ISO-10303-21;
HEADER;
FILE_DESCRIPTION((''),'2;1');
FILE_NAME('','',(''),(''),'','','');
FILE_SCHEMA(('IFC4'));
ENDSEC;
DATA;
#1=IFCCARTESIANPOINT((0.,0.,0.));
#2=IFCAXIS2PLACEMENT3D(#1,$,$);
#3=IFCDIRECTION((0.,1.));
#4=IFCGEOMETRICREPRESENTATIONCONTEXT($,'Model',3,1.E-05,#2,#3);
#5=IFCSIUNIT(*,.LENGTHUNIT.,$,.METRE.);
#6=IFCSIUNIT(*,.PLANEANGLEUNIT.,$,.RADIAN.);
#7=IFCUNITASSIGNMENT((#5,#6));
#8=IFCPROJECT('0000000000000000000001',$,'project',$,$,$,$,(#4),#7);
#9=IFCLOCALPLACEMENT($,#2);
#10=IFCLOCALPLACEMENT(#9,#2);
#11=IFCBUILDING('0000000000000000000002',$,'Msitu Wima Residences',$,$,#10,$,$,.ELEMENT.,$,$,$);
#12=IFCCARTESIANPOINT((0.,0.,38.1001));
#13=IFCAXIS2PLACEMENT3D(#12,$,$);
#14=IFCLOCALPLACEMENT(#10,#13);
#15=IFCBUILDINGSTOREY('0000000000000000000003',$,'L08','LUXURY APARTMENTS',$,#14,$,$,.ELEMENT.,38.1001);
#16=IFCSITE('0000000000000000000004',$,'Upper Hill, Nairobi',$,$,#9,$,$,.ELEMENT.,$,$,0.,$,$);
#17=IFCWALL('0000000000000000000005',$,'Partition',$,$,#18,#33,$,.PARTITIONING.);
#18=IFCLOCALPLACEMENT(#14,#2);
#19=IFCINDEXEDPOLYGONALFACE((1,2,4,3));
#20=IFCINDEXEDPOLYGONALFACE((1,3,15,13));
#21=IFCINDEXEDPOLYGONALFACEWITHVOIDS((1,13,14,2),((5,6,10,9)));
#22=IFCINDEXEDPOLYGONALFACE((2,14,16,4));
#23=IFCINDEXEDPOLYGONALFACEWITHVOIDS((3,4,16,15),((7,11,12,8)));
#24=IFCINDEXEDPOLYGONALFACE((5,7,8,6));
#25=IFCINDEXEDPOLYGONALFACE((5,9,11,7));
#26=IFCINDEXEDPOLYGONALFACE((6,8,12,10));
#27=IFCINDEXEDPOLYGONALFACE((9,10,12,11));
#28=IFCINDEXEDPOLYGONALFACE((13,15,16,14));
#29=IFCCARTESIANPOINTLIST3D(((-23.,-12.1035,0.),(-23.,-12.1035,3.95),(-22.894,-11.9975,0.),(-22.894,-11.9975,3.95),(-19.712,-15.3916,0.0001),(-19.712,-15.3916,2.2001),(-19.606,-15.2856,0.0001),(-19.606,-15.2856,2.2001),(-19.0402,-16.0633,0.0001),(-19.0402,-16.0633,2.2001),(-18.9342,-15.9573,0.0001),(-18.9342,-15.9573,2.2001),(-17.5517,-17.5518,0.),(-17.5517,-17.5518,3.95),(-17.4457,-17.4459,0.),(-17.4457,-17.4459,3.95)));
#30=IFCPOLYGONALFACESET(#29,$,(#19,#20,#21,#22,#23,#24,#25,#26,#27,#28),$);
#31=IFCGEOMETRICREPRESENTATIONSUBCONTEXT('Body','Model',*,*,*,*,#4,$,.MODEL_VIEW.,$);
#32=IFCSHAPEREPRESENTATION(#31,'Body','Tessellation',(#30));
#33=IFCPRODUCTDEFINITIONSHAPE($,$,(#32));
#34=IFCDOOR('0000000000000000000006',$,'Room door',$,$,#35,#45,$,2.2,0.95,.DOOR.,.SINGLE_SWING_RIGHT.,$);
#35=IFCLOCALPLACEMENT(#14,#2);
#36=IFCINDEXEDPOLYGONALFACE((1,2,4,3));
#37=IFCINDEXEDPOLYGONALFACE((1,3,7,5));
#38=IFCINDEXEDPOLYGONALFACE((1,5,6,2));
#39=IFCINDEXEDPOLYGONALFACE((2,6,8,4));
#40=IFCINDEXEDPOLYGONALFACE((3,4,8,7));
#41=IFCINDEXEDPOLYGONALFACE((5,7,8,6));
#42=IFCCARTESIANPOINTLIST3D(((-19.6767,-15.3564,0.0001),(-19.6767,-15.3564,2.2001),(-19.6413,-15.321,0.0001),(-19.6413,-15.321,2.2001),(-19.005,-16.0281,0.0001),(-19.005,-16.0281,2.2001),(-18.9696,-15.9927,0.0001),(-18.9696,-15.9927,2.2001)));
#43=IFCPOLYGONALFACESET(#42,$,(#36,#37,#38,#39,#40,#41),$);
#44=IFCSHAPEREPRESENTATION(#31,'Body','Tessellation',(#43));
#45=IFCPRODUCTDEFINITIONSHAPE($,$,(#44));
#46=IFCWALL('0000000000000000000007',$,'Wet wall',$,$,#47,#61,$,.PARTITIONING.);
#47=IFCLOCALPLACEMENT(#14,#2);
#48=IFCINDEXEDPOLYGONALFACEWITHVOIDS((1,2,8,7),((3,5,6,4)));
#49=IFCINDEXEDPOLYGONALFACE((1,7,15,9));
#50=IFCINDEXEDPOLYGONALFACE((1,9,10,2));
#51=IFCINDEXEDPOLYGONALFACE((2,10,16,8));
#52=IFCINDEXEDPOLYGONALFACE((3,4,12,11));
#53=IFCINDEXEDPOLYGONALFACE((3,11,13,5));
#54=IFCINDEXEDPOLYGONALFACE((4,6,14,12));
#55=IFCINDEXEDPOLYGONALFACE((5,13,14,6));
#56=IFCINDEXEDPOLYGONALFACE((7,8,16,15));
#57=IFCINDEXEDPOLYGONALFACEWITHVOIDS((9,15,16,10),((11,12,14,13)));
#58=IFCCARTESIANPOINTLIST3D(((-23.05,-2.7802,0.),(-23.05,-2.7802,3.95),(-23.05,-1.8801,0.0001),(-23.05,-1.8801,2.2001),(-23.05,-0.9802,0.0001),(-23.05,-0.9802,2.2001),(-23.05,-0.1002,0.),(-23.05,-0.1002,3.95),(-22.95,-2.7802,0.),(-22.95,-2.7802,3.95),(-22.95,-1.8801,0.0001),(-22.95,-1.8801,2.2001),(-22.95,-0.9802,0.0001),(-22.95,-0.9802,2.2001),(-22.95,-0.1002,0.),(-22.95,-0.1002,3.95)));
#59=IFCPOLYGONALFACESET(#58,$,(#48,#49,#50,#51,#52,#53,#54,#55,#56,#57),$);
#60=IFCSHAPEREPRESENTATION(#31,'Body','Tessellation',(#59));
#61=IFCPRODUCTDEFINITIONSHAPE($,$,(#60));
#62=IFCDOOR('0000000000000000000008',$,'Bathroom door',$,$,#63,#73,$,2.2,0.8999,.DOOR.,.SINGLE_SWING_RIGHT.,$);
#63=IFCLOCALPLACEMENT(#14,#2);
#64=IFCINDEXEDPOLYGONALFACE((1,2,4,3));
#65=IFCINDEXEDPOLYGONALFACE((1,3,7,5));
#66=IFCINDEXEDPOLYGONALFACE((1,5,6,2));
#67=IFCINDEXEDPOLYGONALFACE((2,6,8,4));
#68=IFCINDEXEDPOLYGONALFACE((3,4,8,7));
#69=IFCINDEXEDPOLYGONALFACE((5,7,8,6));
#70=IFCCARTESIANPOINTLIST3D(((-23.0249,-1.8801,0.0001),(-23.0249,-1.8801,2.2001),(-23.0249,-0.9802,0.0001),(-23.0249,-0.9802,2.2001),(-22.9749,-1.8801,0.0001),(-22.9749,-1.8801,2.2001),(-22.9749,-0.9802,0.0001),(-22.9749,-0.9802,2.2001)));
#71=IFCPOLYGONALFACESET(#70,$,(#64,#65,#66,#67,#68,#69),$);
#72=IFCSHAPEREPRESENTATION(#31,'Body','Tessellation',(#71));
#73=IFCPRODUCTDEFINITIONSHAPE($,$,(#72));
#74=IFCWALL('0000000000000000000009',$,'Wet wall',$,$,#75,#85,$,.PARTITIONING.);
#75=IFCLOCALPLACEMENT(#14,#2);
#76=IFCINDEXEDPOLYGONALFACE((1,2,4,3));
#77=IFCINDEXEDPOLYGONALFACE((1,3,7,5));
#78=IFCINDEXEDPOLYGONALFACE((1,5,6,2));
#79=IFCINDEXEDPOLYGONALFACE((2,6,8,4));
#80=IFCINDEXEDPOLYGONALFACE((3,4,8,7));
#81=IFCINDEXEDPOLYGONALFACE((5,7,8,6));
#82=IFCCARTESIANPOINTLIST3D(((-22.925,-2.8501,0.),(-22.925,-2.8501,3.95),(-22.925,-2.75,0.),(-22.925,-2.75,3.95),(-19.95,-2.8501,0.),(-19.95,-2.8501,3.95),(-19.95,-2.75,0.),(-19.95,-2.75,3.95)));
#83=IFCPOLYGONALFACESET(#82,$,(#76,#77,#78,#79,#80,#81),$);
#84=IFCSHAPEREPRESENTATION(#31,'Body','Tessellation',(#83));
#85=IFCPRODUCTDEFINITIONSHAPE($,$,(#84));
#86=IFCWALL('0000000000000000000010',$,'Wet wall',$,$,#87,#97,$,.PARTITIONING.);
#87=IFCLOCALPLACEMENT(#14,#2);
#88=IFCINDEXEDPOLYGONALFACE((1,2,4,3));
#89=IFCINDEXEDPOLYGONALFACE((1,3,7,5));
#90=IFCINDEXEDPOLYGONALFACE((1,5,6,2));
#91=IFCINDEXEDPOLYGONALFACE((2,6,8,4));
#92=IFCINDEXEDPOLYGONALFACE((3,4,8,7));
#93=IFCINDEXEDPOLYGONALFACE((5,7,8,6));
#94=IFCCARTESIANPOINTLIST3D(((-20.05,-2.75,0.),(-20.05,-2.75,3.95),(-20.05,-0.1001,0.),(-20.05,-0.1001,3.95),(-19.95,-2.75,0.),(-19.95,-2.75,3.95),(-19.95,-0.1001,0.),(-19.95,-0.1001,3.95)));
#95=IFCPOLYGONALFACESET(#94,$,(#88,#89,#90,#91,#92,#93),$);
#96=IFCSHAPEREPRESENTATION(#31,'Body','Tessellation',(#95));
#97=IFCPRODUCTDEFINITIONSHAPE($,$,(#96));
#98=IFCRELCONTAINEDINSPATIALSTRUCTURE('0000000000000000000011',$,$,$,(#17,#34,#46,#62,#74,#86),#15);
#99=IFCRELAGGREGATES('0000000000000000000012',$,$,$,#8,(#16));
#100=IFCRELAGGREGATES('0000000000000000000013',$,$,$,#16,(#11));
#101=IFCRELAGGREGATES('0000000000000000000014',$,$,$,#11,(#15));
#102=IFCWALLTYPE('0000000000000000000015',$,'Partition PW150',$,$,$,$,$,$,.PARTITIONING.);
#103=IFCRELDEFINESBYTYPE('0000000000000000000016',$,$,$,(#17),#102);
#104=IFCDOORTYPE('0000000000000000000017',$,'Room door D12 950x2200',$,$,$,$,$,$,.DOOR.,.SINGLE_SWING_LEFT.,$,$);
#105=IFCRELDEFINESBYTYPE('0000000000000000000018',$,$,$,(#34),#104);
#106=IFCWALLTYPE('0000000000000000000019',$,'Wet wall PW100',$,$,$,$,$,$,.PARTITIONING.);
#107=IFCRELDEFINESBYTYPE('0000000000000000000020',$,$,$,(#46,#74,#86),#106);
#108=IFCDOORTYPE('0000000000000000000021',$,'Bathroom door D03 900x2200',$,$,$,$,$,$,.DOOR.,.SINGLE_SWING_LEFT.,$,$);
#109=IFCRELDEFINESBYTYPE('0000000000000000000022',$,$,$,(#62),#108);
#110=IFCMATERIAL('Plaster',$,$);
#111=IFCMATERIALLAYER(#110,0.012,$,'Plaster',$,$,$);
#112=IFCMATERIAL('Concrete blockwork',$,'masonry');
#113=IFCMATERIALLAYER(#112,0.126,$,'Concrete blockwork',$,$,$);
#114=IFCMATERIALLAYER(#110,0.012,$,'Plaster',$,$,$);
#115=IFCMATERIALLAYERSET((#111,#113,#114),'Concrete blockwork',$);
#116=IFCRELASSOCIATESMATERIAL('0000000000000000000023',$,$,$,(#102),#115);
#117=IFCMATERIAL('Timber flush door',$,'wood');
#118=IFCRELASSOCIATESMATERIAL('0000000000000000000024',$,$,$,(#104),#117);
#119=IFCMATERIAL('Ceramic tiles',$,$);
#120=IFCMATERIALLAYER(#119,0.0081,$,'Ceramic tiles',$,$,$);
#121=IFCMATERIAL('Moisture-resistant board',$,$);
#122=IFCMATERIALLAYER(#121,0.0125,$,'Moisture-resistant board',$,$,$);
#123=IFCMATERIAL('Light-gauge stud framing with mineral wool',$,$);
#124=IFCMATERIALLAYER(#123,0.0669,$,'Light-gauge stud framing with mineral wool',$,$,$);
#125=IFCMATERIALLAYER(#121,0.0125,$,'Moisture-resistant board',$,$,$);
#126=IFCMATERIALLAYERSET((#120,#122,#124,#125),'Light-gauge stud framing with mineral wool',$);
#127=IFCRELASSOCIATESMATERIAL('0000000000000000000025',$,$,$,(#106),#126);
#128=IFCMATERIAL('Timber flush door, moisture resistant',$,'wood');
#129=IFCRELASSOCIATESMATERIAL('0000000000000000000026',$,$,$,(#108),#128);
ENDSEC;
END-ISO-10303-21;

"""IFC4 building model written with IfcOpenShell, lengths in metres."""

from ifc_helpers import new_model, si_unit, direction, frame, frame_2d, origin, place, context, subcontext, project, spatial, rectangle, extrude, material, layer, layer_set, type_object, element, fill, save


model = new_model("IFC4")

# Units and contexts
model_context = context("Model", 3, precision=1e-05, world=origin(), true_north=direction((0.0, 1.0)))
body_context = subcontext(model_context, "Body", "Model", "MODEL_VIEW")
ifc_project = project(units=[si_unit("LENGTHUNIT", "METRE"), si_unit("PLANEANGLEUNIT", "RADIAN")], contexts=[model_context])

# Site, building, storey
site_placement = place(None, origin())
site = spatial("IfcSite", under=ifc_project, at=site_placement, Name="Upper Hill, Nairobi", CompositionType="ELEMENT", RefElevation=0.0)
building_placement = place(site_placement, origin())
building = spatial("IfcBuilding", under=site, at=building_placement, Name="Msitu Wima Residences", CompositionType="ELEMENT")
storey_placement = place(building_placement, frame((0.0, 0.0, 38.1001)))
storey = spatial("IfcBuildingStorey", under=building, at=storey_placement, Name="L08", Description="LUXURY APARTMENTS", CompositionType="ELEMENT", Elevation=38.1001)

# Shared definitions
ifc_material_1 = material(Name="Plaster")
ifc_material_2 = material(Name="Concrete blockwork", Category="masonry")

# Shared definitions
ifc_layer_1 = layer(ifc_material_1, 0.012, Name="Plaster")
ifc_layer_2 = layer(ifc_material_2, 0.126, Name="Concrete blockwork")
ifc_layer_3 = layer(ifc_material_1, 0.012, Name="Plaster")
ifc_layer_set_1 = layer_set([ifc_layer_1, ifc_layer_2, ifc_layer_3], Name="Concrete blockwork")
wall_type_1 = type_object("IfcWallType", Name="Partition PW150", PredefinedType="PARTITIONING", material=ifc_layer_set_1)

# Shared definitions
ifc_material_3 = material(Name="Timber flush door", Category="wood")
door_type_1 = type_object("IfcDoorType", Name="Room door D12 950x2200", OperationType="SINGLE_SWING_LEFT", PredefinedType="DOOR", material=ifc_material_3)

# Walls, openings, doors
wall_1_placement = place(storey_placement, frame((-22.947, -12.0505, 0.0), z_axis=(0.0, 0.0, 1.0), x_axis=(0.707107, -0.707107, 0.0)))
wall_1 = element("IfcWall", 1, at=wall_1_placement, inside=storey, type_object=wall_type_1, Name="Partition", PredefinedType="PARTITIONING", context=body_context, shape_type="SweptSolid", body=[
    extrude(rectangle(XDim=7.7051, YDim=0.1499, at=frame_2d((3.8525, 0.0))), origin(), (0.0, 0.0, 1.0), 3.95),
])
opening_1_placement = place(wall_1_placement, frame((4.6499, 0.0, 0.0)))
opening_1 = element("IfcOpeningElement", 2, at=opening_1_placement, cuts=wall_1, PredefinedType="OPENING", context=body_context, shape_type="SweptSolid", body=[
    extrude(rectangle(XDim=0.95, YDim=2.2, at=frame_2d((0.4751, 1.1001))), frame((0.0, 0.085, 0.0), z_axis=(0.0, -1.0, 0.0), x_axis=(1.0, 0.0, 0.0)), (0.0, 0.0, 1.0), 0.1699),
])
door_1_placement = place(opening_1_placement, origin())
door_1 = element("IfcDoor", 3, at=door_1_placement, inside=storey, type_object=door_type_1, Name="Room door", OperationType="SINGLE_SWING_RIGHT", OverallHeight=2.2, OverallWidth=0.95, PredefinedType="DOOR", context=body_context, shape_type="SweptSolid", body=[
    extrude(rectangle(XDim=0.95, YDim=2.2, at=frame_2d((0.4751, 1.1001))), frame((0.0, 0.0249, 0.0), z_axis=(0.0, -1.0, 0.0), x_axis=(1.0, 0.0, 0.0)), (0.0, 0.0, 1.0), 0.05),
])
fill(opening_1, door_1)
ifc_material_4 = material(Name="Ceramic tiles")
ifc_layer_4 = layer(ifc_material_4, 0.0081, Name="Ceramic tiles")
ifc_material_5 = material(Name="Moisture-resistant board")
ifc_layer_5 = layer(ifc_material_5, 0.0125, Name="Moisture-resistant board")
ifc_material_6 = material(Name="Light-gauge stud framing with mineral wool")
ifc_layer_6 = layer(ifc_material_6, 0.0669, Name="Light-gauge stud framing with mineral wool")
ifc_layer_7 = layer(ifc_material_5, 0.0125, Name="Moisture-resistant board")
ifc_layer_set_2 = layer_set([ifc_layer_4, ifc_layer_5, ifc_layer_6, ifc_layer_7], Name="Light-gauge stud framing with mineral wool")
wall_type_2 = type_object("IfcWallType", Name="Wet wall PW100", PredefinedType="PARTITIONING", material=ifc_layer_set_2)
wall_2_placement = place(storey_placement, frame((-23.0, -2.78, 0.0), z_axis=(0.0, 0.0, 1.0), x_axis=(0.0, 1.0, 0.0)))
wall_2 = element("IfcWall", 4, at=wall_2_placement, inside=storey, type_object=wall_type_2, Name="Wet wall", PredefinedType="PARTITIONING", context=body_context, shape_type="SweptSolid", body=[
    extrude(rectangle(XDim=2.6799, YDim=0.1001, at=frame_2d((1.3398, 0.0))), origin(), (0.0, 0.0, 1.0), 3.95),
])
opening_2_placement = place(wall_2_placement, frame((0.8999, 0.0, 0.0)))
opening_2 = element("IfcOpeningElement", 5, at=opening_2_placement, cuts=wall_2, PredefinedType="OPENING", context=body_context, shape_type="SweptSolid", body=[
    extrude(rectangle(XDim=0.8999, YDim=2.2, at=frame_2d((0.45, 1.1001))), frame((0.0, 0.0601, 0.0), z_axis=(0.0, -1.0, 0.0), x_axis=(1.0, 0.0, 0.0)), (0.0, 0.0, 1.0), 0.1201),
])
ifc_material_7 = material(Name="Timber flush door, moisture resistant", Category="wood")
door_type_2 = type_object("IfcDoorType", Name="Bathroom door D03 900x2200", OperationType="SINGLE_SWING_LEFT", PredefinedType="DOOR", material=ifc_material_7)
door_2_placement = place(opening_2_placement, origin())
door_2 = element("IfcDoor", 6, at=door_2_placement, inside=storey, type_object=door_type_2, Name="Bathroom door", OperationType="SINGLE_SWING_RIGHT", OverallHeight=2.2, OverallWidth=0.8999, PredefinedType="DOOR", context=body_context, shape_type="SweptSolid", body=[
    extrude(rectangle(XDim=0.8999, YDim=2.2, at=frame_2d((0.45, 1.1001))), frame((0.0, 0.0249, 0.0), z_axis=(0.0, -1.0, 0.0), x_axis=(1.0, 0.0, 0.0)), (0.0, 0.0, 1.0), 0.05),
])
fill(opening_2, door_2)

# Walls
wall_3_placement = place(storey_placement, frame((-22.925, -2.8, 0.0), z_axis=(0.0, 0.0, 1.0), x_axis=(1.0, 0.0, 0.0)))
element("IfcWall", 7, at=wall_3_placement, inside=storey, type_object=wall_type_2, Name="Wet wall", PredefinedType="PARTITIONING", context=body_context, shape_type="SweptSolid", body=[
    extrude(rectangle(XDim=2.9751, YDim=0.1001, at=frame_2d((1.4875, 0.0))), origin(), (0.0, 0.0, 1.0), 3.95),
])
wall_4_placement = place(storey_placement, frame((-20.0, -2.75, 0.0), z_axis=(0.0, 0.0, 1.0), x_axis=(0.0, 1.0, 0.0)))
element("IfcWall", 8, at=wall_4_placement, inside=storey, type_object=wall_type_2, Name="Wet wall", PredefinedType="PARTITIONING", context=body_context, shape_type="SweptSolid", body=[
    extrude(rectangle(XDim=2.6499, YDim=0.1001, at=frame_2d((1.325, 0.0))), origin(), (0.0, 0.0, 1.0), 3.95),
])

save(model, "model.ifc")
